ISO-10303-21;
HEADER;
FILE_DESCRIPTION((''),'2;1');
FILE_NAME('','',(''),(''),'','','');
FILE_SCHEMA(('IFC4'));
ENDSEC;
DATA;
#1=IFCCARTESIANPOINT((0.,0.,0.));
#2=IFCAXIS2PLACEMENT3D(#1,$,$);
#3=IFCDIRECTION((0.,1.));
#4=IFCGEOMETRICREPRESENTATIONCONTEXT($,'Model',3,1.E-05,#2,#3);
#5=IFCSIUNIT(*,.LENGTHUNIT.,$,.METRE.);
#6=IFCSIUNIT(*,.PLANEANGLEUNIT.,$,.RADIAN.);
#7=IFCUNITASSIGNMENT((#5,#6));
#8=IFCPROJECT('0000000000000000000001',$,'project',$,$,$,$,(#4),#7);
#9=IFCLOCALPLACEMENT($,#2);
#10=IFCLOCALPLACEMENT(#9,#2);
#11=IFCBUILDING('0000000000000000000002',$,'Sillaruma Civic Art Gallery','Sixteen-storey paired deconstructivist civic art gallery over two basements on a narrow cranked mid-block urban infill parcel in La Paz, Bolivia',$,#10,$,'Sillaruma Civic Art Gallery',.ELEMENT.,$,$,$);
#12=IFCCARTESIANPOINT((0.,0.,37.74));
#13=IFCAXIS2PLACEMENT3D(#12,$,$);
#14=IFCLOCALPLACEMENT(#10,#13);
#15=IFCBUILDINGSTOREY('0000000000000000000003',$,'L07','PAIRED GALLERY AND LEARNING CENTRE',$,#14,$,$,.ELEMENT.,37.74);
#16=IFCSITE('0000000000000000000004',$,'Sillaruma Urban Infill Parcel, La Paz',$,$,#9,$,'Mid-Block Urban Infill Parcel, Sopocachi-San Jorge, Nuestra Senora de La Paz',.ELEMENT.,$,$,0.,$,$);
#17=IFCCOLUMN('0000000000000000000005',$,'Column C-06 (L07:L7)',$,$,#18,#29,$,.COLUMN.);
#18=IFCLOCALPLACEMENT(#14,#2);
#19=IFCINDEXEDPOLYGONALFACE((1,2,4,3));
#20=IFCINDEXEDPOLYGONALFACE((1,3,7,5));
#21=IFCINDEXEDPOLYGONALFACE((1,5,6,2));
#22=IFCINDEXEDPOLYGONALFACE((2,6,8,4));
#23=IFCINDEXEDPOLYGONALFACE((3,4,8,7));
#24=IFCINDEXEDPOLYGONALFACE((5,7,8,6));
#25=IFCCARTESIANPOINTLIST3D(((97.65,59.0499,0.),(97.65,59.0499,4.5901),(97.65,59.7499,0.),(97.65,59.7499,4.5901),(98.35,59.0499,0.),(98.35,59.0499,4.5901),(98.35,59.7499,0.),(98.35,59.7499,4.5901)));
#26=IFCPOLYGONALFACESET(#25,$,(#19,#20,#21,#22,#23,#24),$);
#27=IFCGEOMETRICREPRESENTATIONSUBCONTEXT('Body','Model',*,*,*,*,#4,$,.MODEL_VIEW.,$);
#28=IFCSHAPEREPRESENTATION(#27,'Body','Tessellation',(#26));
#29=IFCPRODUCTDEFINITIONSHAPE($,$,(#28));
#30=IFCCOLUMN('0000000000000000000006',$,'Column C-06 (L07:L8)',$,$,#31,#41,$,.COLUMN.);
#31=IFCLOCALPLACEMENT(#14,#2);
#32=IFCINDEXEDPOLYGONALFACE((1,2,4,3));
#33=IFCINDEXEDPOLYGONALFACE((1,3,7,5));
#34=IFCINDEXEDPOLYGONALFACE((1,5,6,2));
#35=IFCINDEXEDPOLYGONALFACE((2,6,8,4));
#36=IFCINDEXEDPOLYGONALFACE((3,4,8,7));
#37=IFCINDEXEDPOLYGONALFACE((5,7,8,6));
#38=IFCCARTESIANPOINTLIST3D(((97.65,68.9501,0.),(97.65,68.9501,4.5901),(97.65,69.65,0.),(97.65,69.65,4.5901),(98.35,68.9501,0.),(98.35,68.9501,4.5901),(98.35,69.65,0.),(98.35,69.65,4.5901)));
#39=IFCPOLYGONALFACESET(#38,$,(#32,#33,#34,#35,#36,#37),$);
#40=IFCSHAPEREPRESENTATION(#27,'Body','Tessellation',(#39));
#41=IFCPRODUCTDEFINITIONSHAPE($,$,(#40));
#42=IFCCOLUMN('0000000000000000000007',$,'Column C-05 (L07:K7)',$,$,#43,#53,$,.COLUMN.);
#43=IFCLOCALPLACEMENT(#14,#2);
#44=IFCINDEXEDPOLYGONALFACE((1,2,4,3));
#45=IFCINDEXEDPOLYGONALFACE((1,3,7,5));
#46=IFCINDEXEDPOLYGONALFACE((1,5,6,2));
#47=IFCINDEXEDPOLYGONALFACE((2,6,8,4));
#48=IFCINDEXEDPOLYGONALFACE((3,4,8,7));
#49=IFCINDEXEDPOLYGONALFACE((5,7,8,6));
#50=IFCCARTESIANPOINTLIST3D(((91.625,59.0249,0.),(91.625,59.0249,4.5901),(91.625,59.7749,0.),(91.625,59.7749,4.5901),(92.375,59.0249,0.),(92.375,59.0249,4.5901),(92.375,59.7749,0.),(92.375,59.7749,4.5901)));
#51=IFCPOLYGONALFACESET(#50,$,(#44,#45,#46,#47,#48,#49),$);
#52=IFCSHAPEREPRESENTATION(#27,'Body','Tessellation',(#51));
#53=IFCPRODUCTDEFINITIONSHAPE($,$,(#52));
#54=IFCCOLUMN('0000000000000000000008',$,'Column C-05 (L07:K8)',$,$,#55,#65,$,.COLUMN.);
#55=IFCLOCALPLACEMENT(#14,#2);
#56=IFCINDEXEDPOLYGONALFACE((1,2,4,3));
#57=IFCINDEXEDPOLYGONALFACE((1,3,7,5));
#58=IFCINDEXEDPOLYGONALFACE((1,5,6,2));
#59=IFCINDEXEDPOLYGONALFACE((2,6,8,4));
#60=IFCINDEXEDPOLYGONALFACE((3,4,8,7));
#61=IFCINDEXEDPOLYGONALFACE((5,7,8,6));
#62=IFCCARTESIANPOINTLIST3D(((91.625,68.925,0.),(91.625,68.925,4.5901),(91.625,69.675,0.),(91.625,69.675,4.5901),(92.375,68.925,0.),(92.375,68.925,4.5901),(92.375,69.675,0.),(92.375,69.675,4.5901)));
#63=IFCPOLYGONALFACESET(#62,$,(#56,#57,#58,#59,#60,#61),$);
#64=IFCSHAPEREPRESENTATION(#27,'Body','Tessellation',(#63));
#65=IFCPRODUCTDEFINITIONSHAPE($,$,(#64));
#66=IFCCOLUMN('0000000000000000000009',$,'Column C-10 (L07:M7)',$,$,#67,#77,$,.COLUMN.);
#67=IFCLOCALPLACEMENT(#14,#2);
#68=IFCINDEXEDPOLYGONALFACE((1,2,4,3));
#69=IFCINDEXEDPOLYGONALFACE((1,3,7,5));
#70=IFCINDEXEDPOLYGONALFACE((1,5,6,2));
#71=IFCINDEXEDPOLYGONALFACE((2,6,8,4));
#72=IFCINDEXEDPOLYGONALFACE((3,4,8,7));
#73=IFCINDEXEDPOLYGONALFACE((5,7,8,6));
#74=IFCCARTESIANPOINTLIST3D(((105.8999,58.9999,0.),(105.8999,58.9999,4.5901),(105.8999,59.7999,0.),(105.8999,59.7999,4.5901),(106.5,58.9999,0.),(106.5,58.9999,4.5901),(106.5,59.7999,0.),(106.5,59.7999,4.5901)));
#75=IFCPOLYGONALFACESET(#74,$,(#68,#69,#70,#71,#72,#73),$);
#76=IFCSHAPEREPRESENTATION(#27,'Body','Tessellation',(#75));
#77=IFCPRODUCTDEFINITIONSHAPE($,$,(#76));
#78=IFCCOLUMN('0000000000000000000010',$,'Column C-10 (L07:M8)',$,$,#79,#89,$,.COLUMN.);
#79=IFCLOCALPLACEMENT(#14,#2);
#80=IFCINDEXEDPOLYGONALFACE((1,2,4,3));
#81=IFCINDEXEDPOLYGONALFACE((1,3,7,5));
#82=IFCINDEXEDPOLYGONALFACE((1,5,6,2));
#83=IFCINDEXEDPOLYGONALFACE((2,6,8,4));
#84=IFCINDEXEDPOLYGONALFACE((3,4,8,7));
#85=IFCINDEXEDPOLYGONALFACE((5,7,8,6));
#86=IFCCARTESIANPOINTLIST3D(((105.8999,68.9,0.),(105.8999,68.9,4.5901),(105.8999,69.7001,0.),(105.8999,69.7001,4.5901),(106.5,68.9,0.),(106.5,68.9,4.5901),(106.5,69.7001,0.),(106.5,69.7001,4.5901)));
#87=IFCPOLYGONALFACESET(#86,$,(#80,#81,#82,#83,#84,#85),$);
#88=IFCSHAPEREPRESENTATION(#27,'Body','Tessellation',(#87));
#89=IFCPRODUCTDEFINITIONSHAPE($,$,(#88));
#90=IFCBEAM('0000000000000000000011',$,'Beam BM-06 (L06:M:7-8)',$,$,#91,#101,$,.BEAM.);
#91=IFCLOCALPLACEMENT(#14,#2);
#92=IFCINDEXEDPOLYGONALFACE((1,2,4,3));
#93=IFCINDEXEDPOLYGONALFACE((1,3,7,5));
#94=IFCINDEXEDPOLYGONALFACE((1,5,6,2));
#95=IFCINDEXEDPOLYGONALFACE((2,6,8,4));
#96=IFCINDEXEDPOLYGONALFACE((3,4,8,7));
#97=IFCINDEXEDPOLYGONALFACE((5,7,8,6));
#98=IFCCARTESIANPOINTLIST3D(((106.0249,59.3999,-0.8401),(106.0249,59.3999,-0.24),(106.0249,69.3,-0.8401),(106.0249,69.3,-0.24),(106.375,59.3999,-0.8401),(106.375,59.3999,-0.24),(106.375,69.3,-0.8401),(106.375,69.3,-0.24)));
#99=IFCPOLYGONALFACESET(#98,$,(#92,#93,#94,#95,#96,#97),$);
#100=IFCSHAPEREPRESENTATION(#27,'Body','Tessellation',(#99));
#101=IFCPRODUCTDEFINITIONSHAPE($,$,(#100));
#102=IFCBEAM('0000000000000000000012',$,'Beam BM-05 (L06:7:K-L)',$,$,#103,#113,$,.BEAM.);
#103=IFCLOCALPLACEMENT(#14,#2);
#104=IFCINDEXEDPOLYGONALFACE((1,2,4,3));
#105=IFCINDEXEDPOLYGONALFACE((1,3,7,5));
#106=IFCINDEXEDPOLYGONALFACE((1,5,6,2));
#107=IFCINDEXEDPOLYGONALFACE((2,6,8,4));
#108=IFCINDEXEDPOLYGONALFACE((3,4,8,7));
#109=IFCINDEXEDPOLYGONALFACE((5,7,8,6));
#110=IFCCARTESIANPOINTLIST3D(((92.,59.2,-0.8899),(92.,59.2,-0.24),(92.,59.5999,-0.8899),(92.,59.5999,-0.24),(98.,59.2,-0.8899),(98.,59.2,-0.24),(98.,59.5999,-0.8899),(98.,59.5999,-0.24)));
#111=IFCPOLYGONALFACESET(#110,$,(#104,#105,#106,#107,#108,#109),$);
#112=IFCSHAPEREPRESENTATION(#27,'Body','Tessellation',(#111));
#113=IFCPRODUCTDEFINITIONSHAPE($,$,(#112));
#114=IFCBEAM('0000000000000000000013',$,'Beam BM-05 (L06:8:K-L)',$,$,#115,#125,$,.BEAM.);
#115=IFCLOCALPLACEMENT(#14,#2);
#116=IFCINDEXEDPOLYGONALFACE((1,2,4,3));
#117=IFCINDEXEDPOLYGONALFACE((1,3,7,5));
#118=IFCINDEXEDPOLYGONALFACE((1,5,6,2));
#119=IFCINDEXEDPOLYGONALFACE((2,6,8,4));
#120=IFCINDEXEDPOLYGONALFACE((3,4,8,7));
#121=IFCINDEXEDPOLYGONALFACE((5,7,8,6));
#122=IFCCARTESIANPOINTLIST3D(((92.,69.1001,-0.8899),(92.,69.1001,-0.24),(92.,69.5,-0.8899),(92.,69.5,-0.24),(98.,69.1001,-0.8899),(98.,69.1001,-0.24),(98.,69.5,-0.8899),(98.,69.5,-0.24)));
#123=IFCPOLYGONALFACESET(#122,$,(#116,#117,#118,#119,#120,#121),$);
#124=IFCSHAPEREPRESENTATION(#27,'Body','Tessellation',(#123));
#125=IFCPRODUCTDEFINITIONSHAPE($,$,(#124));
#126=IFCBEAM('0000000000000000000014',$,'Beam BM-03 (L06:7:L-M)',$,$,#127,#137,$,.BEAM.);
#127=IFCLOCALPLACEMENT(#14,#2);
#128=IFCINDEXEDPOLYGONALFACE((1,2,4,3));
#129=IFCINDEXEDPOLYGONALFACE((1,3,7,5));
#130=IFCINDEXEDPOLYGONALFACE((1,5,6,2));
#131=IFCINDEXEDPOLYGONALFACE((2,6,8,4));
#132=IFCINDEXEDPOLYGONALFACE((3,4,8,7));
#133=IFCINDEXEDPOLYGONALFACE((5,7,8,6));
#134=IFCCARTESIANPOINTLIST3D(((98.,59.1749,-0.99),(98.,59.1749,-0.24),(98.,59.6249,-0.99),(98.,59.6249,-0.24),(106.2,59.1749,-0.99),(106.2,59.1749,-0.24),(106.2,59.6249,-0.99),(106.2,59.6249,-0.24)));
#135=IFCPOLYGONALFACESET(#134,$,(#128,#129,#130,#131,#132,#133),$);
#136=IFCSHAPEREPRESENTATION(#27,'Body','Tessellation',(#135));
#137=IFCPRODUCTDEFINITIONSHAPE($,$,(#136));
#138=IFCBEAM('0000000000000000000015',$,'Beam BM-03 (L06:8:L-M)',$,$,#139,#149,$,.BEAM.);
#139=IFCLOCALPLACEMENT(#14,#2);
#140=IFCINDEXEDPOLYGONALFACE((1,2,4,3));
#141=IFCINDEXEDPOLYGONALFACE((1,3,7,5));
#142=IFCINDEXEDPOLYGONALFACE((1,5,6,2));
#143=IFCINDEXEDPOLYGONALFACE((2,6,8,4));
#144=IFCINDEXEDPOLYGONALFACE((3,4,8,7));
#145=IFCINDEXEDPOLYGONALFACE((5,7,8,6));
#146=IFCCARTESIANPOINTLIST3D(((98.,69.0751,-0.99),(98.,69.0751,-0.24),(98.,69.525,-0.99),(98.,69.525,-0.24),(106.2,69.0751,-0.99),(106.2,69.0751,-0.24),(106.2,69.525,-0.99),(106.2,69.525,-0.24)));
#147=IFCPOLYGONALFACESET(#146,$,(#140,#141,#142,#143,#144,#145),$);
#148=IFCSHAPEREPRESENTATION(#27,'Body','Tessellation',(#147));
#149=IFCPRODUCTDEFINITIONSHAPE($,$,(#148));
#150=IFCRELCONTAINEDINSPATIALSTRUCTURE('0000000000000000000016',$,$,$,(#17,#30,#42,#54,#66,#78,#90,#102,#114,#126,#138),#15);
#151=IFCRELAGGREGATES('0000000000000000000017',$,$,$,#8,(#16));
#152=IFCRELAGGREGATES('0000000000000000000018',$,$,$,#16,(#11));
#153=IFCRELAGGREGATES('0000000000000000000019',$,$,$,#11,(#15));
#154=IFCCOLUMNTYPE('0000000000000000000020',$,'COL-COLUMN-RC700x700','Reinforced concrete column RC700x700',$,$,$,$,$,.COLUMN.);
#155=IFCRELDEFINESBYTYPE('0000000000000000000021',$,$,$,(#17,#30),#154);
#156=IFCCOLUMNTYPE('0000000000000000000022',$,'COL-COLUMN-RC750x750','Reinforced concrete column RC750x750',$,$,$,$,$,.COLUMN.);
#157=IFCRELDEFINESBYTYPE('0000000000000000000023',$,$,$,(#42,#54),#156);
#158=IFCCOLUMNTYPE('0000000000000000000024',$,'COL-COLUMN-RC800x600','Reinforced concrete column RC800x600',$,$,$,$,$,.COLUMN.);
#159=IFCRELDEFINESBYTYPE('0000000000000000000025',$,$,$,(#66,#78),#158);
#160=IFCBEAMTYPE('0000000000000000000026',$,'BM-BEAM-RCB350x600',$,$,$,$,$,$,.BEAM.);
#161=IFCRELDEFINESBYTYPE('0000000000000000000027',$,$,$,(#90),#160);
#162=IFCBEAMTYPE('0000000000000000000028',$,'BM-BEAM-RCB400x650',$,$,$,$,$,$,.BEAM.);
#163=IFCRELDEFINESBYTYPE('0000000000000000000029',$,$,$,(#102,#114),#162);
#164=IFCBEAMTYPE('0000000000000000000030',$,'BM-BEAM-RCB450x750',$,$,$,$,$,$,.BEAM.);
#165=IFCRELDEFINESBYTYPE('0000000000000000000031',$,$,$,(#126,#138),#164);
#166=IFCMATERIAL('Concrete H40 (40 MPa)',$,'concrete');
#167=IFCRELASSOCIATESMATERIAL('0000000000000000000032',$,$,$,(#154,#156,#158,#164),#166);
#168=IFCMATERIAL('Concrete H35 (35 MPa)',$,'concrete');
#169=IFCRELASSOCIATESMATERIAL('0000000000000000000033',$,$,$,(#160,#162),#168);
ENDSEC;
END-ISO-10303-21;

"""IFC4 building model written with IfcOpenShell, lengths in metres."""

from ifc_helpers import new_model, si_unit, direction, frame, origin, origin_2d, place, context, subcontext, project, spatial, rectangle, extrude, material, material_profile, profile_set, type_object, element, save


model = new_model("IFC4")

# Units and contexts
model_context = context("Model", 3, precision=1e-05, world=origin(), true_north=direction((0.0, 1.0)))
body_context = subcontext(model_context, "Body", "Model", "MODEL_VIEW")
ifc_project = project(units=[si_unit("LENGTHUNIT", "METRE"), si_unit("PLANEANGLEUNIT", "RADIAN")], contexts=[model_context])

# Site, building, storey
site_placement = place(None, origin())
site = spatial("IfcSite", under=ifc_project, at=site_placement, Name="Sillaruma Urban Infill Parcel, La Paz", LongName="Mid-Block Urban Infill Parcel, Sopocachi-San Jorge, Nuestra Senora de La Paz", CompositionType="ELEMENT", RefElevation=0.0)
building_placement = place(site_placement, origin())
building = spatial("IfcBuilding", under=site, at=building_placement, Name="Sillaruma Civic Art Gallery", Description="Sixteen-storey paired deconstructivist civic art gallery over two basements on a narrow cranked mid-block urban infill parcel in La Paz, Bolivia", LongName="Sillaruma Civic Art Gallery", CompositionType="ELEMENT")
storey_placement = place(building_placement, frame((0.0, 0.0, 37.74)))
storey = spatial("IfcBuildingStorey", under=building, at=storey_placement, Name="L07", Description="PAIRED GALLERY AND LEARNING CENTRE", CompositionType="ELEMENT", Elevation=37.74)

# Columns
ifc_material_1 = material(Name="Concrete H40 (40 MPa)", Category="concrete")
ifc_material_profile_1 = material_profile(ifc_material_1, rectangle(XDim=0.7, YDim=0.7, at=origin_2d()), Name="RC700x700")
ifc_profile_set_1 = profile_set([ifc_material_profile_1], Name="Concrete H40 (40 MPa)")
column_type_1 = type_object("IfcColumnType", Name="COL-COLUMN-RC700x700", Description="Reinforced concrete column RC700x700", PredefinedType="COLUMN", material=ifc_profile_set_1)
for number, where, z_axis, x_axis, name in (
    (1, (98.0, 59.3999, 0.0), (0.0, 0.0, 1.0), (1.0, 0.0, 0.0), "Column C-06 (L07:L7)"),
    (2, (98.0, 69.3, 0.0), (0.0, 0.0, 1.0), (1.0, 0.0, 0.0), "Column C-06 (L07:L8)"),
):
    element("IfcColumn", number, at=place(storey_placement, frame(where, z_axis=z_axis, x_axis=x_axis)), inside=storey, type_object=column_type_1, Name=name, PredefinedType="COLUMN", context=body_context, shape_type="SweptSolid", body=[
        extrude(rectangle(XDim=0.7, YDim=0.7, at=origin_2d()), origin(), (0.0, 0.0, 1.0), 4.5901),
    ])
ifc_material_profile_2 = material_profile(ifc_material_1, rectangle(XDim=0.75, YDim=0.75, at=origin_2d()), Name="RC750x750")
ifc_profile_set_2 = profile_set([ifc_material_profile_2], Name="Concrete H40 (40 MPa)")
column_type_2 = type_object("IfcColumnType", Name="COL-COLUMN-RC750x750", Description="Reinforced concrete column RC750x750", PredefinedType="COLUMN", material=ifc_profile_set_2)
for number, where, z_axis, x_axis, name in (
    (3, (92.0, 59.3999, 0.0), (0.0, 0.0, 1.0), (1.0, 0.0, 0.0), "Column C-05 (L07:K7)"),
    (4, (92.0, 69.3, 0.0), (0.0, 0.0, 1.0), (1.0, 0.0, 0.0), "Column C-05 (L07:K8)"),
):
    element("IfcColumn", number, at=place(storey_placement, frame(where, z_axis=z_axis, x_axis=x_axis)), inside=storey, type_object=column_type_2, Name=name, PredefinedType="COLUMN", context=body_context, shape_type="SweptSolid", body=[
        extrude(rectangle(XDim=0.75, YDim=0.75, at=origin_2d()), origin(), (0.0, 0.0, 1.0), 4.5901),
    ])
ifc_material_profile_3 = material_profile(ifc_material_1, rectangle(XDim=0.6001, YDim=0.8, at=origin_2d()), Name="RC800x600")
ifc_profile_set_3 = profile_set([ifc_material_profile_3], Name="Concrete H40 (40 MPa)")
column_type_3 = type_object("IfcColumnType", Name="COL-COLUMN-RC800x600", Description="Reinforced concrete column RC800x600", PredefinedType="COLUMN", material=ifc_profile_set_3)
for number, where, z_axis, x_axis, name in (
    (5, (106.2, 59.3999, 0.0), (0.0, 0.0, 1.0), (1.0, 0.0, 0.0), "Column C-10 (L07:M7)"),
    (6, (106.2, 69.3, 0.0), (0.0, 0.0, 1.0), (1.0, 0.0, 0.0), "Column C-10 (L07:M8)"),
):
    element("IfcColumn", number, at=place(storey_placement, frame(where, z_axis=z_axis, x_axis=x_axis)), inside=storey, type_object=column_type_3, Name=name, PredefinedType="COLUMN", context=body_context, shape_type="SweptSolid", body=[
        extrude(rectangle(XDim=0.6001, YDim=0.8, at=origin_2d()), origin(), (0.0, 0.0, 1.0), 4.5901),
    ])

# Beams
ifc_material_2 = material(Name="Concrete H35 (35 MPa)", Category="concrete")
ifc_material_profile_4 = material_profile(ifc_material_2, rectangle(XDim=0.3501, YDim=0.6001, at=origin_2d()), Name="RCB350x600")
ifc_profile_set_4 = profile_set([ifc_material_profile_4], Name="Concrete H35 (35 MPa)")
beam_type_1 = type_object("IfcBeamType", Name="BM-BEAM-RCB350x600", PredefinedType="BEAM", material=ifc_profile_set_4)
beam_1_placement = place(storey_placement, frame((106.2, 59.3999, -0.54), z_axis=(0.0, 1.0, 0.0), x_axis=(-1.0, 0.0, 0.0)))
element("IfcBeam", 7, at=beam_1_placement, inside=storey, type_object=beam_type_1, Name="Beam BM-06 (L06:M:7-8)", PredefinedType="BEAM", context=body_context, shape_type="SweptSolid", body=[
    extrude(rectangle(XDim=0.3501, YDim=0.6001, at=origin_2d()), origin(), (0.0, 0.0, 1.0), 9.9001),
])
ifc_material_profile_5 = material_profile(ifc_material_2, rectangle(XDim=0.3999, YDim=0.6499, at=origin_2d()), Name="RCB400x650")
ifc_profile_set_5 = profile_set([ifc_material_profile_5], Name="Concrete H35 (35 MPa)")
beam_type_2 = type_object("IfcBeamType", Name="BM-BEAM-RCB400x650", PredefinedType="BEAM", material=ifc_profile_set_5)
for number, where, z_axis, x_axis, name in (
    (8, (92.0, 59.3999, -0.5649), (1.0, 0.0, 0.0), (0.0, 1.0, 0.0), "Beam BM-05 (L06:7:K-L)"),
    (9, (92.0, 69.3, -0.5649), (1.0, 0.0, 0.0), (0.0, 1.0, 0.0), "Beam BM-05 (L06:8:K-L)"),
):
    element("IfcBeam", number, at=place(storey_placement, frame(where, z_axis=z_axis, x_axis=x_axis)), inside=storey, type_object=beam_type_2, Name=name, PredefinedType="BEAM", context=body_context, shape_type="SweptSolid", body=[
        extrude(rectangle(XDim=0.3999, YDim=0.6499, at=origin_2d()), origin(), (0.0, 0.0, 1.0), 6.0),
    ])
ifc_material_profile_6 = material_profile(ifc_material_1, rectangle(XDim=0.45, YDim=0.75, at=origin_2d()), Name="RCB450x750")
ifc_profile_set_6 = profile_set([ifc_material_profile_6], Name="Concrete H40 (40 MPa)")
beam_type_3 = type_object("IfcBeamType", Name="BM-BEAM-RCB450x750", PredefinedType="BEAM", material=ifc_profile_set_6)
for number, where, z_axis, x_axis, name in (
    (10, (98.0, 59.3999, -0.615), (1.0, 0.0, 0.0), (0.0, 1.0, 0.0), "Beam BM-03 (L06:7:L-M)"),
    (11, (98.0, 69.3, -0.615), (1.0, 0.0, 0.0), (0.0, 1.0, 0.0), "Beam BM-03 (L06:8:L-M)"),
):
    element("IfcBeam", number, at=place(storey_placement, frame(where, z_axis=z_axis, x_axis=x_axis)), inside=storey, type_object=beam_type_3, Name=name, PredefinedType="BEAM", context=body_context, shape_type="SweptSolid", body=[
        extrude(rectangle(XDim=0.45, YDim=0.75, at=origin_2d()), origin(), (0.0, 0.0, 1.0), 8.2),
    ])

save(model, "model.ifc")
